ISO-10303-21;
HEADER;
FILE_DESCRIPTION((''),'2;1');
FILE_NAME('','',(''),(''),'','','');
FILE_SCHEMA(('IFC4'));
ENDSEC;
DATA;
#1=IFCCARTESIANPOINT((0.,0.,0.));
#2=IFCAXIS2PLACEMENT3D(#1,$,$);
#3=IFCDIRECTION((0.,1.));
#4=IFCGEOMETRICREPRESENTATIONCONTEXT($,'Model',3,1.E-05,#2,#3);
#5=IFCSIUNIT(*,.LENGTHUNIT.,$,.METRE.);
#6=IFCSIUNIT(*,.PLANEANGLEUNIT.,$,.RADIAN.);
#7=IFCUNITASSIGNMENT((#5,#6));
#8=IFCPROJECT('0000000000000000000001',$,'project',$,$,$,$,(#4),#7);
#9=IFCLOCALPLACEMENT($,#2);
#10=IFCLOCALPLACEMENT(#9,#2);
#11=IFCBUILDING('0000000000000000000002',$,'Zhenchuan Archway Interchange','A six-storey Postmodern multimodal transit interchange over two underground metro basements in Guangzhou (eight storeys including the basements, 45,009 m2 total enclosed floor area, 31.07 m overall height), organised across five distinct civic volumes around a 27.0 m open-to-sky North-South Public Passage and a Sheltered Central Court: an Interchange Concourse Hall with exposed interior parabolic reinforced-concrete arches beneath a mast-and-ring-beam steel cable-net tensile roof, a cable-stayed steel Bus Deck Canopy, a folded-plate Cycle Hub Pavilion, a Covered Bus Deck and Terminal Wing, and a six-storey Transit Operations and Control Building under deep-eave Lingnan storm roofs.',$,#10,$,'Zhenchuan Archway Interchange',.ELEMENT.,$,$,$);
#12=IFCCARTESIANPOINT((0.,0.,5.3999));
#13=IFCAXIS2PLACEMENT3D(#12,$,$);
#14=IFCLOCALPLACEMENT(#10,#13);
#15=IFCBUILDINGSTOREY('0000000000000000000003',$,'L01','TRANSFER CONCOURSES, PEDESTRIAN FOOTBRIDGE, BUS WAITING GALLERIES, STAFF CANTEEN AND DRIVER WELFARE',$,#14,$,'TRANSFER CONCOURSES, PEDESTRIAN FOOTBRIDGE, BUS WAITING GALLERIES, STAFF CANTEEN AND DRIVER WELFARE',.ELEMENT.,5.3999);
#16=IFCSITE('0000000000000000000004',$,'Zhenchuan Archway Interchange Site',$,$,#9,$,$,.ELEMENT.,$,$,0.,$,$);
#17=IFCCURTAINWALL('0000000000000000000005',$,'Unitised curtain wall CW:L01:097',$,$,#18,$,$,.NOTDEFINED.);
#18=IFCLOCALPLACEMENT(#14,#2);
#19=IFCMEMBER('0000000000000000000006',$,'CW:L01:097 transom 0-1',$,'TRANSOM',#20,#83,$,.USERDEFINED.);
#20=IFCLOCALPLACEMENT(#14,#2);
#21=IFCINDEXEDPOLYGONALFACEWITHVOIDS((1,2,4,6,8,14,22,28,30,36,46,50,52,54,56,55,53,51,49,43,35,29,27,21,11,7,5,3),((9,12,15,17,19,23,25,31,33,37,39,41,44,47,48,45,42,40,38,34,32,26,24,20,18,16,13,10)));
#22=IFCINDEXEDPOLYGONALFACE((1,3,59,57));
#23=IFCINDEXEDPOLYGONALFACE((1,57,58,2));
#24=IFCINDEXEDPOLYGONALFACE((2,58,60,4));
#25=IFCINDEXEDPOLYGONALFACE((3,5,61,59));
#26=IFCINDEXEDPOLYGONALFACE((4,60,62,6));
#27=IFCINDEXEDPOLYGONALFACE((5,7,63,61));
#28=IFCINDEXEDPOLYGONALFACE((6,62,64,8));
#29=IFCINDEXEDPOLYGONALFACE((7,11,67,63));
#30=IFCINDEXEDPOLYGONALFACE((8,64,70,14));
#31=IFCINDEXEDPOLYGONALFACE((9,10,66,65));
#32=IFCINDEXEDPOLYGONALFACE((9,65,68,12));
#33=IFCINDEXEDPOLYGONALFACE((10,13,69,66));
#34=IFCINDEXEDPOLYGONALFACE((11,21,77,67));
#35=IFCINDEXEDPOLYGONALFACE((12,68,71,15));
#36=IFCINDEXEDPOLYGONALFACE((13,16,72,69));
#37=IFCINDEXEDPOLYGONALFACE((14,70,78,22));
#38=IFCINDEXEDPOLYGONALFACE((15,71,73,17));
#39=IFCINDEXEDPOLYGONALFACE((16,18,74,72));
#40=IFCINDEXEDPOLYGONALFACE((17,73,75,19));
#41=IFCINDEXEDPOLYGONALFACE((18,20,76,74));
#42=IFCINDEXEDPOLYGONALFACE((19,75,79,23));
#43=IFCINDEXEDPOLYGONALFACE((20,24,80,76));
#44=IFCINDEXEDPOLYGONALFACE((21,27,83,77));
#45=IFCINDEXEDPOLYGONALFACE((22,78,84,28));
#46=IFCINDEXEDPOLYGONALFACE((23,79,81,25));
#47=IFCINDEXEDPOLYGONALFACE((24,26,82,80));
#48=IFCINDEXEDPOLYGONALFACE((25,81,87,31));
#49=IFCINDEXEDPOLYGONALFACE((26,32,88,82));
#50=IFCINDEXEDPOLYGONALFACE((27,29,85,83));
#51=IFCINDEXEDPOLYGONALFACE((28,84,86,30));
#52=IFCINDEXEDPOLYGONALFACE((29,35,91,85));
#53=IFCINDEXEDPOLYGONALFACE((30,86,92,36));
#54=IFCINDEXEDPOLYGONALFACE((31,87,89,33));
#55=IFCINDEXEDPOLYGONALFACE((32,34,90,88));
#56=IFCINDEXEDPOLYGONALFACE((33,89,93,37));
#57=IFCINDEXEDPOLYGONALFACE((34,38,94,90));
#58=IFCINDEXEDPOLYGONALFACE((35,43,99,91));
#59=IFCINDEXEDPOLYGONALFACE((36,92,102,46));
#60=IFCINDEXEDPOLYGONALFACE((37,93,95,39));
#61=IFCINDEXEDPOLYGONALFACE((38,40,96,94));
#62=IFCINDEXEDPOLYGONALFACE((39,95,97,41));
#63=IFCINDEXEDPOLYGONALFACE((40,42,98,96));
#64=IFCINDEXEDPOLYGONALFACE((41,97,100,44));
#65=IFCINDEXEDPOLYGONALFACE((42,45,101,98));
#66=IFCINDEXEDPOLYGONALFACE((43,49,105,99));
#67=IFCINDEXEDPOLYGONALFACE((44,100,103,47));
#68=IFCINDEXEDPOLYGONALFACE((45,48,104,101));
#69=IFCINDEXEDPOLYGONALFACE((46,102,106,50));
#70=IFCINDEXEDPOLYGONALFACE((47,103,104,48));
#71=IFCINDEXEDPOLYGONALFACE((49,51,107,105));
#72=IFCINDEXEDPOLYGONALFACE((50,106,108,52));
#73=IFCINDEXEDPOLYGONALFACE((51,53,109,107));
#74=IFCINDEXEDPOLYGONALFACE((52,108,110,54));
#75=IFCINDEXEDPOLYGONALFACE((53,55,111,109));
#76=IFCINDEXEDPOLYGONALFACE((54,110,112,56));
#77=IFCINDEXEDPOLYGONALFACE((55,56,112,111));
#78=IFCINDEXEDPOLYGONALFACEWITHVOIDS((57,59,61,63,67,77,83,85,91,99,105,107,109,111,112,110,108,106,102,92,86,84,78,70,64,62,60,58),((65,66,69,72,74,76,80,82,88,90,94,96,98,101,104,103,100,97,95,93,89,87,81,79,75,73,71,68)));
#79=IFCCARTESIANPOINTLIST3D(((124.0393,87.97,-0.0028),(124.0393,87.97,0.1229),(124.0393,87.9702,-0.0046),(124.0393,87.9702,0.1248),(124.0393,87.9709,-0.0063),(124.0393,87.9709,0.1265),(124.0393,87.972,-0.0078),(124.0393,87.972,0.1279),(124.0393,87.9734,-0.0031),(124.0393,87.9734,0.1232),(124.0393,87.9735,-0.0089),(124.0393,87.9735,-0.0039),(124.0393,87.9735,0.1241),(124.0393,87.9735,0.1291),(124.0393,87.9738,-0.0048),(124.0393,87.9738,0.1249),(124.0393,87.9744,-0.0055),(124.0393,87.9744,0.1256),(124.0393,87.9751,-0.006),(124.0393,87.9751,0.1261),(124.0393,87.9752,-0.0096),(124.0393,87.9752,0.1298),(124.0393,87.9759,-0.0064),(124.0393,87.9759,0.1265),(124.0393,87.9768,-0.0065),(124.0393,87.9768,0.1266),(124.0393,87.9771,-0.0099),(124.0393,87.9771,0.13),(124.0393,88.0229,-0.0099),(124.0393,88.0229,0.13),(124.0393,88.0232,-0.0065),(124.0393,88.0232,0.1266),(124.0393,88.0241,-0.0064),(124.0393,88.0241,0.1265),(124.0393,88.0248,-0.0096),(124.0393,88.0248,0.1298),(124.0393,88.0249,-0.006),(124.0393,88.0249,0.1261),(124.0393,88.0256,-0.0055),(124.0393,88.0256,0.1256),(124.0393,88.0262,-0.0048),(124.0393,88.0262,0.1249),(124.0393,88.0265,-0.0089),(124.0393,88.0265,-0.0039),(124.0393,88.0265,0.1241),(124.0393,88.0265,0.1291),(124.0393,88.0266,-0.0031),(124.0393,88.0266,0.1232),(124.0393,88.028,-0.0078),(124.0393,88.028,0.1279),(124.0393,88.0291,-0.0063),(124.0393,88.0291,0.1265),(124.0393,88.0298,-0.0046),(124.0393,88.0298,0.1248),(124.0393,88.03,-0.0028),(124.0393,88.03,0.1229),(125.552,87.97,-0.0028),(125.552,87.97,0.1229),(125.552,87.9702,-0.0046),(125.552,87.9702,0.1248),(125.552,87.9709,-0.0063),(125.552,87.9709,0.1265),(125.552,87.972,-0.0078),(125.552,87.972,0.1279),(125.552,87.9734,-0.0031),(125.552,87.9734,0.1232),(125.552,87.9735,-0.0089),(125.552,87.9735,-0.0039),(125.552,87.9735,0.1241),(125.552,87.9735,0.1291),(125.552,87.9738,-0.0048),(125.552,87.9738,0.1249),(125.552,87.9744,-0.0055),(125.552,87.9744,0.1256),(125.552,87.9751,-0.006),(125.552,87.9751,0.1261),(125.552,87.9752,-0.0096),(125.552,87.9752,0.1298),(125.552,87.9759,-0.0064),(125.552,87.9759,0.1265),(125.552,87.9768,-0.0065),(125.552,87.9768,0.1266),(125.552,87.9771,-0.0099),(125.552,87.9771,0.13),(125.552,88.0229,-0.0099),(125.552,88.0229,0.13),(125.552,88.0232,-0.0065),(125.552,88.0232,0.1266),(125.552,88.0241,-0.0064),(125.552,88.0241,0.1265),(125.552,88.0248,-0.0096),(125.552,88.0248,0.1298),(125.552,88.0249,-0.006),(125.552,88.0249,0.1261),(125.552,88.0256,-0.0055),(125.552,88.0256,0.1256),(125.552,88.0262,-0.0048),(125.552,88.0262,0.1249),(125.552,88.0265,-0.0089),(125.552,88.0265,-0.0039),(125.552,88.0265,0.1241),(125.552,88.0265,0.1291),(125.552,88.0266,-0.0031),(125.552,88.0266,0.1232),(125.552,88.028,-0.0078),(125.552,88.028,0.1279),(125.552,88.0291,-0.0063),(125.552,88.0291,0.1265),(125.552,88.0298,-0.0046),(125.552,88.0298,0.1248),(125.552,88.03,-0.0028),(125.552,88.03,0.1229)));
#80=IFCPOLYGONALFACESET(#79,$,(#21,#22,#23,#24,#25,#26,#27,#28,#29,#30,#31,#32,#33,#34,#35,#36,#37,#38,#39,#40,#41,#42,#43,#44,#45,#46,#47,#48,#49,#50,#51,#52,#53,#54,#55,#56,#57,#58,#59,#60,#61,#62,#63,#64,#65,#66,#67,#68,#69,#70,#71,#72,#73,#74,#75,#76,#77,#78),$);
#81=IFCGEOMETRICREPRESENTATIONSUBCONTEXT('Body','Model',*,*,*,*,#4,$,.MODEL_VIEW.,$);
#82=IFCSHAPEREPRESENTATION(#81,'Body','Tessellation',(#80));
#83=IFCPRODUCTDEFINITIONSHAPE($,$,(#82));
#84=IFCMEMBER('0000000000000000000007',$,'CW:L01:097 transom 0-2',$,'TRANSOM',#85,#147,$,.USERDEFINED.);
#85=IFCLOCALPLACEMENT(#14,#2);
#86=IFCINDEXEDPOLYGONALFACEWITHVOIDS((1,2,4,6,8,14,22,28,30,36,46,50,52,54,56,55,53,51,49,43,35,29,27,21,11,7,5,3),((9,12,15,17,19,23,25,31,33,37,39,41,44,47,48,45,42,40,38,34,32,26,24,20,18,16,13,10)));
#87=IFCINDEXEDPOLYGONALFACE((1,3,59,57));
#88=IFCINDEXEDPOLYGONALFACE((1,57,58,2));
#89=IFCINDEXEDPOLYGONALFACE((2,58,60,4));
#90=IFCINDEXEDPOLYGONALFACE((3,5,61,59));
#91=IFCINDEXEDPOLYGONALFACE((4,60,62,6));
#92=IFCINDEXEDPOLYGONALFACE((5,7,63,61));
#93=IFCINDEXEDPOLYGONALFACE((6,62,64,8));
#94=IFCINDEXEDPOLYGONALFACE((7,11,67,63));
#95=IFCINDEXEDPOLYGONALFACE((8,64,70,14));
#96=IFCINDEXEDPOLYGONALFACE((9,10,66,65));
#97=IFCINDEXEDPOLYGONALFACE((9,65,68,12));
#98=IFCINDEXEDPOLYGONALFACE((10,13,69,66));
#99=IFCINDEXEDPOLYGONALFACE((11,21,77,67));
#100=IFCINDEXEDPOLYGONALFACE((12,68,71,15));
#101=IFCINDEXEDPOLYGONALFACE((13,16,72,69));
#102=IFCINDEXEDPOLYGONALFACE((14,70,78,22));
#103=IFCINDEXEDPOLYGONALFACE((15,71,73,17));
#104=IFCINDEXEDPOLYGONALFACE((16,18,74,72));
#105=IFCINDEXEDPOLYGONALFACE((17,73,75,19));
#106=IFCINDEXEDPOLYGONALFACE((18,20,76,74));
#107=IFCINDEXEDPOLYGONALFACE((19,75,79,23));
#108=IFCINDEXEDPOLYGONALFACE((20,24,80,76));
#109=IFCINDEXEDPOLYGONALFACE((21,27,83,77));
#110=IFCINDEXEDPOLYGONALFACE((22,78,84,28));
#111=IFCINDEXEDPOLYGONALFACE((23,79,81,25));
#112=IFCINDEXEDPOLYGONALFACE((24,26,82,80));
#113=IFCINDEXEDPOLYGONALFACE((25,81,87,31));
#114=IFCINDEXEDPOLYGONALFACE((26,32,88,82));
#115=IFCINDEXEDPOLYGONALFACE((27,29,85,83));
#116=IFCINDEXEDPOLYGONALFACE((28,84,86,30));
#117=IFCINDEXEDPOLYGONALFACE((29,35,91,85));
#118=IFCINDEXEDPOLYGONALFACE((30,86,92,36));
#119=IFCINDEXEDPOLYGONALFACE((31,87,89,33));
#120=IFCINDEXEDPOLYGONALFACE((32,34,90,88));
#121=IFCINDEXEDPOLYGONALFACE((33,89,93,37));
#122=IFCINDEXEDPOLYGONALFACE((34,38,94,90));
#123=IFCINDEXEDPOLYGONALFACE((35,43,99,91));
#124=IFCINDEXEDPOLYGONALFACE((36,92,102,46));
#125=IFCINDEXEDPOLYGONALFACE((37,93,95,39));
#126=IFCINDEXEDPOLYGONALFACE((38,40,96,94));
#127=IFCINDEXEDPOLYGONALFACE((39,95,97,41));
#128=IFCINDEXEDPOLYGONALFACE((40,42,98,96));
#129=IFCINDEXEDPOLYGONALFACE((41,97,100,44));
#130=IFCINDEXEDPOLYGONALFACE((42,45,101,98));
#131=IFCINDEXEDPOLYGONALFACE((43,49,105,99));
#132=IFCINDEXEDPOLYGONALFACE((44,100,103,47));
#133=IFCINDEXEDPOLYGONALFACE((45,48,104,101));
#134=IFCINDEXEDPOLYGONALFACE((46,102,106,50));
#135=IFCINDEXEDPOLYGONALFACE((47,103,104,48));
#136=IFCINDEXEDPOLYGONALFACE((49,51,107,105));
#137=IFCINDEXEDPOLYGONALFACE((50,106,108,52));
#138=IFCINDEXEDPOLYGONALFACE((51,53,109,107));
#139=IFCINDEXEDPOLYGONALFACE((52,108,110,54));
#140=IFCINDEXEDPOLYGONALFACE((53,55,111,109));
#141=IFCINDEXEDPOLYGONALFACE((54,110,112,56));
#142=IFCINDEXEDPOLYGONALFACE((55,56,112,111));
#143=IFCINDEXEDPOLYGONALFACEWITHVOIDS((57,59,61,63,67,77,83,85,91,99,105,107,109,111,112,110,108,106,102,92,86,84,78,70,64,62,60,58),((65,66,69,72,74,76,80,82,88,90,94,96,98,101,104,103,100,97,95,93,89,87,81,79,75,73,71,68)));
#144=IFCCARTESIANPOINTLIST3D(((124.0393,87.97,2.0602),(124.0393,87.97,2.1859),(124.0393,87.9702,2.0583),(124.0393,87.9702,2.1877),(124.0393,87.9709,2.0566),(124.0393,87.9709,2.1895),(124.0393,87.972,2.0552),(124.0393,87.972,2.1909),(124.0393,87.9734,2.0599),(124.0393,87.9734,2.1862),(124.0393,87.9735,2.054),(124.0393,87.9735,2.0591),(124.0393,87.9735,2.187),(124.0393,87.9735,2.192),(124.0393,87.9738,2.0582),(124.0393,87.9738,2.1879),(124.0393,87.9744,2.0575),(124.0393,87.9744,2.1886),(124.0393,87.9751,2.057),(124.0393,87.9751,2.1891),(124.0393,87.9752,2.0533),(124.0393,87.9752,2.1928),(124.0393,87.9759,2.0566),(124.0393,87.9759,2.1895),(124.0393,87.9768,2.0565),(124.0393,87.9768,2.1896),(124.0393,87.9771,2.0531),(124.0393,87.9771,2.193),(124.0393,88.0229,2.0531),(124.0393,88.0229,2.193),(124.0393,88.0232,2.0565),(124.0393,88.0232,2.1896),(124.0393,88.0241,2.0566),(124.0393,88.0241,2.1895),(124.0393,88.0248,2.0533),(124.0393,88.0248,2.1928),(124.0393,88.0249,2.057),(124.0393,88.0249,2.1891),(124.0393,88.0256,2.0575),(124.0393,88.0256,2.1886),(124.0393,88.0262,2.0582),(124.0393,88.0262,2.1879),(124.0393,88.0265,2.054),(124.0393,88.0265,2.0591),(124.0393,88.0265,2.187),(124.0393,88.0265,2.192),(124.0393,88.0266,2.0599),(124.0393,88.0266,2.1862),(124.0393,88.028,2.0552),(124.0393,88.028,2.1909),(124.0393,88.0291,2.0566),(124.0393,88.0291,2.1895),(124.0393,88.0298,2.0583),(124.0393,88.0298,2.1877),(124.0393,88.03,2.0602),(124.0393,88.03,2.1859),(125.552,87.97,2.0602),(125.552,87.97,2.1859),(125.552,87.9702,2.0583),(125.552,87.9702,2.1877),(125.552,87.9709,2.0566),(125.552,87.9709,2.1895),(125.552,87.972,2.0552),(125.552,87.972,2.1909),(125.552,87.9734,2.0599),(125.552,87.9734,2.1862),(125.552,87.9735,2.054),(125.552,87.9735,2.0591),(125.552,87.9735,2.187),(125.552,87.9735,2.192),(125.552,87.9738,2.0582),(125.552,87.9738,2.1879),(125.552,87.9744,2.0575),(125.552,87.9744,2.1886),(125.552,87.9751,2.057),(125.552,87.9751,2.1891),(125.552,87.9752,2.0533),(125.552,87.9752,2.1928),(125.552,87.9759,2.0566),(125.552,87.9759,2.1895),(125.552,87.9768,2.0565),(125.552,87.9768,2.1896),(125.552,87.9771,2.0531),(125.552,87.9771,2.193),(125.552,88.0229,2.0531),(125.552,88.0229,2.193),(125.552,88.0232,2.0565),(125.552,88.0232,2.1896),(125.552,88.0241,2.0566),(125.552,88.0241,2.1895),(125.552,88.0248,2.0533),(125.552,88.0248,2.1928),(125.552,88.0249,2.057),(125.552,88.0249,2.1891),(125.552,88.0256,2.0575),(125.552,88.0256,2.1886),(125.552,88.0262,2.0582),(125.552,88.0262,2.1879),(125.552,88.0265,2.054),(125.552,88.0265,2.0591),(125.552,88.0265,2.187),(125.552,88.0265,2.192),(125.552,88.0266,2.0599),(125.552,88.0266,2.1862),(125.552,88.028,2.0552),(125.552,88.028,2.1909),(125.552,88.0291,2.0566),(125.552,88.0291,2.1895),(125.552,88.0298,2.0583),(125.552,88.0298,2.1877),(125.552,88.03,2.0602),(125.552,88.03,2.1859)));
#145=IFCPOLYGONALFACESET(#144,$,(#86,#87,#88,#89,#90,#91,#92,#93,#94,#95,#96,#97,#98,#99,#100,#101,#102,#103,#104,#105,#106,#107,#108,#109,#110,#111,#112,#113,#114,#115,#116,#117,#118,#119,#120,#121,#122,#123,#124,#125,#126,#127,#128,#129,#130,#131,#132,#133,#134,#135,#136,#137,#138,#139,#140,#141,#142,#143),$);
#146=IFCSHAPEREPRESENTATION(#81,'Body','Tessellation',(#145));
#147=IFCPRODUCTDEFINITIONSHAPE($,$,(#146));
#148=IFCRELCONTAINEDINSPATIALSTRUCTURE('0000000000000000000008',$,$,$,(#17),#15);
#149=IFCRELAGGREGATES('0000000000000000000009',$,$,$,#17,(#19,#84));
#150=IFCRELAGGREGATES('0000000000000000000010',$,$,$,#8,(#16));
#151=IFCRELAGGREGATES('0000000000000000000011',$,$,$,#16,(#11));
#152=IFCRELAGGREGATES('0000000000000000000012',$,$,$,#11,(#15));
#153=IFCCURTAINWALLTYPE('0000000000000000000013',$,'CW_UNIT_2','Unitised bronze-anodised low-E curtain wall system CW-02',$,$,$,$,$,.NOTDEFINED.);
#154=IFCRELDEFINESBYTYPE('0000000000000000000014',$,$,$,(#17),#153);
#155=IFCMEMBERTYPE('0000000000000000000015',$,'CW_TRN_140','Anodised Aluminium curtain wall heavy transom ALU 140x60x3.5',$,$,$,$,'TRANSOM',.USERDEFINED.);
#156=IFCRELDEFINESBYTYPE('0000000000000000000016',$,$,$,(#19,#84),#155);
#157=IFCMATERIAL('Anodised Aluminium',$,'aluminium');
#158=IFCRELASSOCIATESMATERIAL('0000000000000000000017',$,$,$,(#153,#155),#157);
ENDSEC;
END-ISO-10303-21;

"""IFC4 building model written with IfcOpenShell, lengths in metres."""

from ifc_helpers import new_model, si_unit, direction, frame, origin, origin_2d, place, context, subcontext, project, spatial, hollow_rectangle, extrude, material, material_profile, profile_set, type_object, element, aggregate, save


model = new_model("IFC4")

# Units and contexts
model_context = context("Model", 3, precision=1e-05, world=origin(), true_north=direction((0.0, 1.0)))
body_context = subcontext(model_context, "Body", "Model", "MODEL_VIEW")
ifc_project = project(units=[si_unit("LENGTHUNIT", "METRE"), si_unit("PLANEANGLEUNIT", "RADIAN")], contexts=[model_context])

# Site, building, storey
site_placement = place(None, origin())
site = spatial("IfcSite", under=ifc_project, at=site_placement, Name="Zhenchuan Archway Interchange Site", CompositionType="ELEMENT", RefElevation=0.0)
building_placement = place(site_placement, origin())
building = spatial("IfcBuilding", under=site, at=building_placement, Name="Zhenchuan Archway Interchange", Description="A six-storey Postmodern multimodal transit interchange over two underground metro basements in Guangzhou (eight storeys including the basements, 45,009 m2 total enclosed floor area, 31.07 m overall height), organised across five distinct civic volumes around a 27.0 m open-to-sky North-South Public Passage and a Sheltered Central Court: an Interchange Concourse Hall with exposed interior parabolic reinforced-concrete arches beneath a mast-and-ring-beam steel cable-net tensile roof, a cable-stayed steel Bus Deck Canopy, a folded-plate Cycle Hub Pavilion, a Covered Bus Deck and Terminal Wing, and a six-storey Transit Operations and Control Building under deep-eave Lingnan storm roofs.", LongName="Zhenchuan Archway Interchange", CompositionType="ELEMENT")
storey_placement = place(building_placement, frame((0.0, 0.0, 5.3999)))
storey = spatial("IfcBuildingStorey", under=building, at=storey_placement, Name="L01", Description="TRANSFER CONCOURSES, PEDESTRIAN FOOTBRIDGE, BUS WAITING GALLERIES, STAFF CANTEEN AND DRIVER WELFARE", LongName="TRANSFER CONCOURSES, PEDESTRIAN FOOTBRIDGE, BUS WAITING GALLERIES, STAFF CANTEEN AND DRIVER WELFARE", CompositionType="ELEMENT", Elevation=5.3999)

# Curtain wall
ifc_material_1 = material(Name="Anodised Aluminium", Category="aluminium")
curtain_wall_type_1 = type_object("IfcCurtainWallType", Name="CW_UNIT_2", Description="Unitised bronze-anodised low-E curtain wall system CW-02", PredefinedType="NOTDEFINED", material=ifc_material_1)
curtain_wall_1_placement = place(storey_placement, origin())
curtain_wall_1 = element("IfcCurtainWall", 1, at=curtain_wall_1_placement, inside=storey, type_object=curtain_wall_type_1, Name="Unitised curtain wall CW:L01:097", PredefinedType="NOTDEFINED")

# Members
ifc_material_profile_1 = material_profile(ifc_material_1, hollow_rectangle(XDim=0.0601, YDim=0.1399, WallThickness=0.0034, InnerFilletRadius=0.0034, OuterFilletRadius=0.0071, at=origin_2d()), Name="ALU 140x60x3.5")
ifc_profile_set_1 = profile_set([ifc_material_profile_1], Name="Anodised Aluminium")
member_type_1 = type_object("IfcMemberType", Name="CW_TRN_140", Description="Anodised Aluminium curtain wall heavy transom ALU 140x60x3.5", ElementType="TRANSOM", PredefinedType="USERDEFINED", material=ifc_profile_set_1)
member_1_placement = place(storey_placement, frame((125.552, 88.0, 0.0601), z_axis=(-1.0, 0.0, 0.0), x_axis=(0.0, -1.0, 0.0)))
member_1 = element("IfcMember", 2, at=member_1_placement, type_object=member_type_1, Name="CW:L01:097 transom 0-1", ObjectType="TRANSOM", PredefinedType="USERDEFINED", context=body_context, shape_type="SweptSolid", body=[
    extrude(hollow_rectangle(XDim=0.0601, YDim=0.1399, WallThickness=0.0034, InnerFilletRadius=0.0034, OuterFilletRadius=0.0071, at=origin_2d()), origin(), (0.0, 0.0, 1.0), 1.5127),
])
member_2_placement = place(storey_placement, frame((125.552, 88.0, 2.123), z_axis=(-1.0, 0.0, 0.0), x_axis=(0.0, -1.0, 0.0)))
member_2 = element("IfcMember", 3, at=member_2_placement, type_object=member_type_1, Name="CW:L01:097 transom 0-2", ObjectType="TRANSOM", PredefinedType="USERDEFINED", context=body_context, shape_type="SweptSolid", body=[
    extrude(hollow_rectangle(XDim=0.0601, YDim=0.1399, WallThickness=0.0034, InnerFilletRadius=0.0034, OuterFilletRadius=0.0071, at=origin_2d()), origin(), (0.0, 0.0, 1.0), 1.5127),
])

aggregate(curtain_wall_1, [member_1, member_2])

save(model, "model.ifc")
